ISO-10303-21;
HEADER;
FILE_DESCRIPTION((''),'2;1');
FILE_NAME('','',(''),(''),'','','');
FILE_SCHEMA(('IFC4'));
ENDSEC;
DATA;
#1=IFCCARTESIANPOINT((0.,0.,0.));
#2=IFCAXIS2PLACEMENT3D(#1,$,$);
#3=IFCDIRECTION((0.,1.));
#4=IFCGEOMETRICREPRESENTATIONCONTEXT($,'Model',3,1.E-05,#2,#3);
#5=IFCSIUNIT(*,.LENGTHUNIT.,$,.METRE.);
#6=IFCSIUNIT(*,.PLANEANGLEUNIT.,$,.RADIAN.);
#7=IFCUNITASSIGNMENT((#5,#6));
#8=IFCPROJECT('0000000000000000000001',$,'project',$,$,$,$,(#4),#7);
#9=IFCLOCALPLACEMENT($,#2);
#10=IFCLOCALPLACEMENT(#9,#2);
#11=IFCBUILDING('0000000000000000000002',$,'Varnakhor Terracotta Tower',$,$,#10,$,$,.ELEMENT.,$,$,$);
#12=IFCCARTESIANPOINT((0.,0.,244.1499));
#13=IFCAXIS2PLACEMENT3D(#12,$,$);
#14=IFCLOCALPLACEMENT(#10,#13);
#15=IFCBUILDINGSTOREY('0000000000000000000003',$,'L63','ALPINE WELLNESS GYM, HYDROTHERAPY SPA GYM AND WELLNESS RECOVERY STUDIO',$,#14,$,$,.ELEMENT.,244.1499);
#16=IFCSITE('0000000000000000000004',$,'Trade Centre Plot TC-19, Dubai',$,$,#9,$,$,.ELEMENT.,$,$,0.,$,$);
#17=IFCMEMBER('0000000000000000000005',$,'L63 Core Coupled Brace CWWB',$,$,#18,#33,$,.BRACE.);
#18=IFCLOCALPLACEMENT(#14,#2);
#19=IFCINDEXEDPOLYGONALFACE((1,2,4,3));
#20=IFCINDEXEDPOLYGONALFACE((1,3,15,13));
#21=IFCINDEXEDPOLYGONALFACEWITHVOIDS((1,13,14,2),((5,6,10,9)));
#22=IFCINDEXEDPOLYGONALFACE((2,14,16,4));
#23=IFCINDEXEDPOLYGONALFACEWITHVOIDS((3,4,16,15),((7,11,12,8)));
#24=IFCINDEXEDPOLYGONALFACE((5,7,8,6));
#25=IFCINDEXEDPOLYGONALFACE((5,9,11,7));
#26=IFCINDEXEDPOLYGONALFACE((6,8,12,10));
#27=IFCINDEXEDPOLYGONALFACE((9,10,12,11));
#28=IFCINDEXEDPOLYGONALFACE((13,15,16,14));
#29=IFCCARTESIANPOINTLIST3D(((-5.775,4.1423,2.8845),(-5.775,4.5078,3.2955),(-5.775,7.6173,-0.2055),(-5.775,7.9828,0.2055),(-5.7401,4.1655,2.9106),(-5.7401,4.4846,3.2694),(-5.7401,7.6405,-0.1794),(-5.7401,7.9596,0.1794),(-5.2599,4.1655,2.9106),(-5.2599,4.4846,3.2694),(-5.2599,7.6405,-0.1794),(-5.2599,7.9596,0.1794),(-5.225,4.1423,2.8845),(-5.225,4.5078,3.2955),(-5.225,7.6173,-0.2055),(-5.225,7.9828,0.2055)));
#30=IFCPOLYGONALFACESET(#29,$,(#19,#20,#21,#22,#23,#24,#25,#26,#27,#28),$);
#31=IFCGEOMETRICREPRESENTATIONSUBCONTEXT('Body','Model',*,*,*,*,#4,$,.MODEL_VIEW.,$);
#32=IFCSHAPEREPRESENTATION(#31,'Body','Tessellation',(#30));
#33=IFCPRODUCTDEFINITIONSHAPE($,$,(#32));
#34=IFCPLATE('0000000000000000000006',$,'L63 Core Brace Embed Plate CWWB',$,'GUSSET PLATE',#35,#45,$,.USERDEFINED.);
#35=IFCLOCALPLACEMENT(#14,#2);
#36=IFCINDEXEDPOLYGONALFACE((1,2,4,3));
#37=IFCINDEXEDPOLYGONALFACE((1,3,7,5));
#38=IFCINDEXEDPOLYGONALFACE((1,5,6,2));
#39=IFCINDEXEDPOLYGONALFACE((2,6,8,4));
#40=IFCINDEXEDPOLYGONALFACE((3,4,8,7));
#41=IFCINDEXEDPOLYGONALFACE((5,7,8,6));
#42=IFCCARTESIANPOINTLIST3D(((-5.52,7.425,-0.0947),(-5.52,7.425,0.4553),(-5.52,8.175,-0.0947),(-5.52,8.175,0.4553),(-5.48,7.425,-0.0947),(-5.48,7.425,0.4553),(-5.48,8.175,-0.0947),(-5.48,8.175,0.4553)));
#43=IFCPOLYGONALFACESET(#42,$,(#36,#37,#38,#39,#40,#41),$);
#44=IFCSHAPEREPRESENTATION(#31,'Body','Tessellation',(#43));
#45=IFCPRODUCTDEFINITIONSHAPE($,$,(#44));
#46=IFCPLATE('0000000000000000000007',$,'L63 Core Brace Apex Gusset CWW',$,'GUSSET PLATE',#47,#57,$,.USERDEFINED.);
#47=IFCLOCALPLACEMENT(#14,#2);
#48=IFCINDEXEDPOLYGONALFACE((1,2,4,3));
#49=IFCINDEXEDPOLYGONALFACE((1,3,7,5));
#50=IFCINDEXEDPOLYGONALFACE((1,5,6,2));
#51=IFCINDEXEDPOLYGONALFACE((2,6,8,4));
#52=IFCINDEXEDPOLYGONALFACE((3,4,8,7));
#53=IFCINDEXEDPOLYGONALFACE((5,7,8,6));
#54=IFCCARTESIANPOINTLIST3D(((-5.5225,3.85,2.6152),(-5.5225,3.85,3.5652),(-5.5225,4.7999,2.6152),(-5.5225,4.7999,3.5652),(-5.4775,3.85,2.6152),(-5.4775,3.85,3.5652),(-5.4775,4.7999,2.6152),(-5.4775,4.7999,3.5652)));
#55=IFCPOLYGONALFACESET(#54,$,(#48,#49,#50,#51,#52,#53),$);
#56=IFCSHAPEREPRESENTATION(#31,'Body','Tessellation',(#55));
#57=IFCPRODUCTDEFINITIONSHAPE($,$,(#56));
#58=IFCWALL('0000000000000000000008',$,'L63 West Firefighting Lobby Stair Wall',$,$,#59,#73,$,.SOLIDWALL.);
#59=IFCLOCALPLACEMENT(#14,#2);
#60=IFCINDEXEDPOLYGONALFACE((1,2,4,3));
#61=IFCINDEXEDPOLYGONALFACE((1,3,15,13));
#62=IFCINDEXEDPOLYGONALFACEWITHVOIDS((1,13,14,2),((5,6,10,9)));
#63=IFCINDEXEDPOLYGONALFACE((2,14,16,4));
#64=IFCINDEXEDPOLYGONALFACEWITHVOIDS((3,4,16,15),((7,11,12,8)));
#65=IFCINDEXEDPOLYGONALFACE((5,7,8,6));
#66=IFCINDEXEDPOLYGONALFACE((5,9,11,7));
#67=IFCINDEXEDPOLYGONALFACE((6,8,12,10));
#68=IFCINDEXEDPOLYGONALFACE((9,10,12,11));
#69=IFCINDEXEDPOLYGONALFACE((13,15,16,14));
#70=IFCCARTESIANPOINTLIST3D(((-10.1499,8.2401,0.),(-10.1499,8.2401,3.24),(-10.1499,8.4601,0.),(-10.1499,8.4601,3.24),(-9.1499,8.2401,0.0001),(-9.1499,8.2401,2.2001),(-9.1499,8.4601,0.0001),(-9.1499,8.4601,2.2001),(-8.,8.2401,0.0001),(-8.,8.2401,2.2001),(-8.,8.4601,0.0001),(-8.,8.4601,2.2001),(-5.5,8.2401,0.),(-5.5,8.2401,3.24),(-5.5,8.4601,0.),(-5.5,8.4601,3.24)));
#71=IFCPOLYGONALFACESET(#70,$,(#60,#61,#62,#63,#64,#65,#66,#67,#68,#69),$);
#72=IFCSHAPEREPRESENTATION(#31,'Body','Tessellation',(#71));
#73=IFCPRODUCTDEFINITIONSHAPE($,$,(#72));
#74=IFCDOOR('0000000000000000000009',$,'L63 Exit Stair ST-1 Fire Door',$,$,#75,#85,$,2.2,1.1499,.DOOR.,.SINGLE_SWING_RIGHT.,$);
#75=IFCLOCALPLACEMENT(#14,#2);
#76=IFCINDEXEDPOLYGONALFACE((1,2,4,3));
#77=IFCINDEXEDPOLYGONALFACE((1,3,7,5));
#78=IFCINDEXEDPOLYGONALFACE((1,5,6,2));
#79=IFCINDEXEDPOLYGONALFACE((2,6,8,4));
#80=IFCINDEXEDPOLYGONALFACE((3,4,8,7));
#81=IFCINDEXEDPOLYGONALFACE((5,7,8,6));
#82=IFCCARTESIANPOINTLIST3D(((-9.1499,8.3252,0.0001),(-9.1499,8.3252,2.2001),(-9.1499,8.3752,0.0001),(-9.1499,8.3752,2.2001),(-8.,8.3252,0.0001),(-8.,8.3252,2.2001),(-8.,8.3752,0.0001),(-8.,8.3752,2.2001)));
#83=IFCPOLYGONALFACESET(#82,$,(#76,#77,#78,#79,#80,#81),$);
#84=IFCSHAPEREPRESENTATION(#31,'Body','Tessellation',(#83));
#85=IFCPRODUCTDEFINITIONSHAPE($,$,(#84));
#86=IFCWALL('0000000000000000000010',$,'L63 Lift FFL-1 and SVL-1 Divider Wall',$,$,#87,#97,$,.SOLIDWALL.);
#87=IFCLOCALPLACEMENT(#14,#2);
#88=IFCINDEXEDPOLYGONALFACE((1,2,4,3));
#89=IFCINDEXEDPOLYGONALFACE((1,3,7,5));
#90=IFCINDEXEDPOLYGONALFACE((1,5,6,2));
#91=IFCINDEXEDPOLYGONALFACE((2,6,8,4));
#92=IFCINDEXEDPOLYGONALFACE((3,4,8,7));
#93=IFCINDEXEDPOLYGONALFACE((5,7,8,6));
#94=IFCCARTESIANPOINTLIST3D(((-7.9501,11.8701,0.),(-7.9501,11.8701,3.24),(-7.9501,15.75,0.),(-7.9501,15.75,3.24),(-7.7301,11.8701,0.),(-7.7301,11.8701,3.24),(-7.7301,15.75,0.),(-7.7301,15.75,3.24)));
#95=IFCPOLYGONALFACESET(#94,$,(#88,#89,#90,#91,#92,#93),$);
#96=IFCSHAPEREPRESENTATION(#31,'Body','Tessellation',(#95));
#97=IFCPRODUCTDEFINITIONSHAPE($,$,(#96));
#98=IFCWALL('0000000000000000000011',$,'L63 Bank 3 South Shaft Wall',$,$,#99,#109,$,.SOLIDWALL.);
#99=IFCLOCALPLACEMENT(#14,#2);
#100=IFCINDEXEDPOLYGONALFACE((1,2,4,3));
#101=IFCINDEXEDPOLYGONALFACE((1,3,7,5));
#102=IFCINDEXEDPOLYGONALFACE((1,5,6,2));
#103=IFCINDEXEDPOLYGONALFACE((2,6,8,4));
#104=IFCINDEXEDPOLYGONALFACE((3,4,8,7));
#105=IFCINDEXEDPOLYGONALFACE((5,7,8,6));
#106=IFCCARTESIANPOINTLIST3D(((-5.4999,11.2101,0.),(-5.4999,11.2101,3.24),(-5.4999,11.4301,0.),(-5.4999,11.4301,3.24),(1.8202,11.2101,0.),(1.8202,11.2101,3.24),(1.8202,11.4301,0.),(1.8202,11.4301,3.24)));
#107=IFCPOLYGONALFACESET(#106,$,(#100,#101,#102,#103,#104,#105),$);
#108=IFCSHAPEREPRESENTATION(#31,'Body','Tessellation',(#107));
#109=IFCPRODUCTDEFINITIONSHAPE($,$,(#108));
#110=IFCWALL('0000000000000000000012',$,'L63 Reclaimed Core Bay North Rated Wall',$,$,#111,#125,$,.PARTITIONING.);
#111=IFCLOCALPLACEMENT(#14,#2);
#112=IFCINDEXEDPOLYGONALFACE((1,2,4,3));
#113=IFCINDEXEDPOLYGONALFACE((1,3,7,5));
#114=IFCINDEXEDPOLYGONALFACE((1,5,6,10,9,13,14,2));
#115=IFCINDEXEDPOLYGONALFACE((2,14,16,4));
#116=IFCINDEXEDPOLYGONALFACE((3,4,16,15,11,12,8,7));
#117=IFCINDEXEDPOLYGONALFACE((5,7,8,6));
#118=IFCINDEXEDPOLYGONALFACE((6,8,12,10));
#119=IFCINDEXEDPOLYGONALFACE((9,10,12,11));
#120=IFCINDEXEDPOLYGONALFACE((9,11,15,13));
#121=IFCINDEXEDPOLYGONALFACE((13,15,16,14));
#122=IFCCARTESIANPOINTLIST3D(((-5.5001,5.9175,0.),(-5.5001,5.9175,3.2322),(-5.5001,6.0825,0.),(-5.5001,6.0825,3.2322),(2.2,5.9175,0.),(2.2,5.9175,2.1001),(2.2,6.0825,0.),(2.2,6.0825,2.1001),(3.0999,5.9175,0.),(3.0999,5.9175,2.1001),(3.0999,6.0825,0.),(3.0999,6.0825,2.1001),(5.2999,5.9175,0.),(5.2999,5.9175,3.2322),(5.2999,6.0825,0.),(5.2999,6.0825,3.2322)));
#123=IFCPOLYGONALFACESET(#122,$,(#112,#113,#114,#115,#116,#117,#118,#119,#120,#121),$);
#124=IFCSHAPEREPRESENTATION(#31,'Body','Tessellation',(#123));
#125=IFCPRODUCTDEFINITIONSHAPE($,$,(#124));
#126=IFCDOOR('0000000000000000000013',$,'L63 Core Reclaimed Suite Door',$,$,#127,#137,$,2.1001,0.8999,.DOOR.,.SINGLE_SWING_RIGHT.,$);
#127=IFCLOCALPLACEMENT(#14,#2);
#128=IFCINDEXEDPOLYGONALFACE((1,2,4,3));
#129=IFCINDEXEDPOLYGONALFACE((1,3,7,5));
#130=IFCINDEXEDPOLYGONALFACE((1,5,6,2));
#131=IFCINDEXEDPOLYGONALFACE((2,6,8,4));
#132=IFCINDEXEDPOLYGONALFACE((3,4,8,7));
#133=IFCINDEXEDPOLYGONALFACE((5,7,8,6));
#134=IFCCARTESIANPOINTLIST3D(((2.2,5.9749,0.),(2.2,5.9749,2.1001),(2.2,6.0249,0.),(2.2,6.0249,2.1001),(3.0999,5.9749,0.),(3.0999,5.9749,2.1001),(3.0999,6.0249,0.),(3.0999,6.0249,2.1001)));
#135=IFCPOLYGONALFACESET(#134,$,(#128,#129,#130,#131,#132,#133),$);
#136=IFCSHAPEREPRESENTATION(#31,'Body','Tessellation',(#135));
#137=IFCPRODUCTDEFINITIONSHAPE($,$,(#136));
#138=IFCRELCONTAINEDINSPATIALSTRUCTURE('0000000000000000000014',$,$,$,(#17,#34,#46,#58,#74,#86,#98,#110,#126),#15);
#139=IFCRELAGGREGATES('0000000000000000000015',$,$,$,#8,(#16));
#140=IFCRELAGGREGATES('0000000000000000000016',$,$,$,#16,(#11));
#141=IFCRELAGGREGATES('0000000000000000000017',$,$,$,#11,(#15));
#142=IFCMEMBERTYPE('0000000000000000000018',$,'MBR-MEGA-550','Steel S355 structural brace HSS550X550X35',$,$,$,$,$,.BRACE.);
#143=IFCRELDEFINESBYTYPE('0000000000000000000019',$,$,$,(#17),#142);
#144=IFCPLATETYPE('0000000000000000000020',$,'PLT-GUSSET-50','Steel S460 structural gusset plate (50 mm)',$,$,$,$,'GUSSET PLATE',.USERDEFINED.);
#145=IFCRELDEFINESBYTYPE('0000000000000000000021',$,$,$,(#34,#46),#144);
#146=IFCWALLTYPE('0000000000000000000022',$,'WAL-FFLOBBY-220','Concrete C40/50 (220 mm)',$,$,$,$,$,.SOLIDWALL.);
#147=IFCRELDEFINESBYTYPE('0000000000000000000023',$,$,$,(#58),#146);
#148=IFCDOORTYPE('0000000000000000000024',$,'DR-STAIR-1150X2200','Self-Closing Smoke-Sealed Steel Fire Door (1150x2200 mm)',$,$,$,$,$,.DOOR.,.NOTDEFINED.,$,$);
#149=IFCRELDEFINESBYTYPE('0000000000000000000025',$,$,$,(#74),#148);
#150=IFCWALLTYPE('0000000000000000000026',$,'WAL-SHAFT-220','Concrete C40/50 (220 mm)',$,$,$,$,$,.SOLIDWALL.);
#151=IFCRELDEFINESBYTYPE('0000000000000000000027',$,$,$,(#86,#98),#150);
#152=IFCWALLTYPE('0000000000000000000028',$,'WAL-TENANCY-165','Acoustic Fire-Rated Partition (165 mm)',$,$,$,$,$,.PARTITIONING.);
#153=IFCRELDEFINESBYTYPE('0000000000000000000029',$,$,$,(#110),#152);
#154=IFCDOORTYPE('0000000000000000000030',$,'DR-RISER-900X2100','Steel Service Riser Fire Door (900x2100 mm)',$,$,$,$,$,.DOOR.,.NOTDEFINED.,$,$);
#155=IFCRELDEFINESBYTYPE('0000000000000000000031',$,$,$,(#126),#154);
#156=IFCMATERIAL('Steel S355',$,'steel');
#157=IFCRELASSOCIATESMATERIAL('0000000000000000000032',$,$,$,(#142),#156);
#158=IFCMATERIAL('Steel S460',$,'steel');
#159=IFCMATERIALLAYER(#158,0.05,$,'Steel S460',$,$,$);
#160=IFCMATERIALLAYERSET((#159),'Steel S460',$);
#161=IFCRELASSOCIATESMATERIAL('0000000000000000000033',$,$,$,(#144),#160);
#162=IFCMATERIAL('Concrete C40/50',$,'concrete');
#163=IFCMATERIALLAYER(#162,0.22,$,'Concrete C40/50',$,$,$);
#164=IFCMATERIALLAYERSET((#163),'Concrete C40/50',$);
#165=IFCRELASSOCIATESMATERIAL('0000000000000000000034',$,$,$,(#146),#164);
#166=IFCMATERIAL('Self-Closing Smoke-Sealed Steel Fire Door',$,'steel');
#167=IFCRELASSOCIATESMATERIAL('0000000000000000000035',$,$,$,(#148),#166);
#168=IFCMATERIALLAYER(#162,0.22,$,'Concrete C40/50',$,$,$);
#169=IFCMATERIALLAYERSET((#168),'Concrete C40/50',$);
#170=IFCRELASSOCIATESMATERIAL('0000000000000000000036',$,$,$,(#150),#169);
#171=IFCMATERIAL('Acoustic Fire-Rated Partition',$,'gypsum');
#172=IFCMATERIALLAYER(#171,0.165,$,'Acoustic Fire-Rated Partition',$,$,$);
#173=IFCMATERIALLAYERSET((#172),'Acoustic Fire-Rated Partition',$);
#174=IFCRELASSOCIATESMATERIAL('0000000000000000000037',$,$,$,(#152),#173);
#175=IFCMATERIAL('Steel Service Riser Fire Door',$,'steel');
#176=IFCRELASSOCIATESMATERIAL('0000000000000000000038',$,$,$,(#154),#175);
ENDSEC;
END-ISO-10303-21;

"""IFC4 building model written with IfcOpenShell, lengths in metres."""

from ifc_helpers import new_model, si_unit, direction, frame, frame_2d, origin, origin_2d, place, context, subcontext, project, spatial, rectangle, hollow_rectangle, extrude, source, transform, mapped, material, layer, layer_set, material_profile, profile_set, type_object, type_shapes, element, fill, save


model = new_model("IFC4")

# Units and contexts
model_context = context("Model", 3, precision=1e-05, world=origin(), true_north=direction((0.0, 1.0)))
body_context = subcontext(model_context, "Body", "Model", "MODEL_VIEW")
ifc_project = project(units=[si_unit("LENGTHUNIT", "METRE"), si_unit("PLANEANGLEUNIT", "RADIAN")], contexts=[model_context])

# Site, building, storey
site_placement = place(None, origin())
site = spatial("IfcSite", under=ifc_project, at=site_placement, Name="Trade Centre Plot TC-19, Dubai", CompositionType="ELEMENT", RefElevation=0.0)
building_placement = place(site_placement, origin())
building = spatial("IfcBuilding", under=site, at=building_placement, Name="Varnakhor Terracotta Tower", CompositionType="ELEMENT")
storey_placement = place(building_placement, frame((0.0, 0.0, 244.1499)))
storey = spatial("IfcBuildingStorey", under=building, at=storey_placement, Name="L63", Description="ALPINE WELLNESS GYM, HYDROTHERAPY SPA GYM AND WELLNESS RECOVERY STUDIO", CompositionType="ELEMENT", Elevation=244.1499)

# Member
ifc_material_1 = material(Name="Steel S355", Category="steel")
ifc_material_profile = material_profile(ifc_material_1, hollow_rectangle(XDim=0.55, YDim=0.55, WallThickness=0.0349, at=origin_2d()), Name="HSS550X550X35")
ifc_profile_set = profile_set([ifc_material_profile], Name="Steel S355")
member_type = type_object("IfcMemberType", Name="MBR-MEGA-550", Description="Steel S355 structural brace HSS550X550X35", PredefinedType="BRACE", material=ifc_profile_set)
shared_shape_1 = source(origin(), body_context, "Body", "SweptSolid", [
    extrude(hollow_rectangle(XDim=0.55, YDim=0.55, WallThickness=0.0349, at=origin_2d()), origin(), (0.0, 0.0, 1.0), 4.6501),
])
member_placement = place(storey_placement, frame((-5.5, 7.8, 0.0), z_axis=(0.0, -0.747291, 0.664497), x_axis=(1.0, 0.0, 0.0)))
element("IfcMember", 1, at=member_placement, inside=storey, type_object=member_type, Name="L63 Core Coupled Brace CWWB", PredefinedType="BRACE", context=body_context, shape_type="MappedRepresentation", body=[
    mapped(shared_shape_1, transform((0.0, 0.0, 0.0), scale=1.0)),
])

# Plates
ifc_material_2 = material(Name="Steel S460", Category="steel")
ifc_layer_1 = layer(ifc_material_2, 0.05, Name="Steel S460")
ifc_layer_set_1 = layer_set([ifc_layer_1], Name="Steel S460")
plate_type = type_object("IfcPlateType", Name="PLT-GUSSET-50", Description="Steel S460 structural gusset plate (50 mm)", ElementType="GUSSET PLATE", PredefinedType="USERDEFINED", material=ifc_layer_set_1)
shared_shape_2 = source(origin(), body_context, "Body", "SweptSolid", [
    extrude(rectangle(XDim=0.75, YDim=0.04, at=origin_2d()), origin(), (0.0, 0.0, 1.0), 0.55),
])
type_shapes(plate_type, [shared_shape_2])
plate_1_placement = place(storey_placement, frame((-5.5, 7.8, -0.0947), z_axis=(0.0, 0.0, 1.0), x_axis=(0.0, 1.0, 0.0)))
element("IfcPlate", 2, at=plate_1_placement, inside=storey, type_object=plate_type, Name="L63 Core Brace Embed Plate CWWB", ObjectType="GUSSET PLATE", PredefinedType="USERDEFINED", context=body_context, shape_type="MappedRepresentation", body=[
    mapped(shared_shape_2, transform((0.0, 0.0, 0.0), scale=1.0)),
])
shared_shape_3 = source(origin(), body_context, "Body", "SweptSolid", [
    extrude(rectangle(XDim=0.95, YDim=0.0449, at=origin_2d()), origin(), (0.0, 0.0, 1.0), 0.95),
])
plate_2_placement = place(storey_placement, frame((-5.5, 4.325, 2.6152), z_axis=(0.0, 0.0, 1.0), x_axis=(0.0, 1.0, 0.0)))
element("IfcPlate", 3, at=plate_2_placement, inside=storey, type_object=plate_type, Name="L63 Core Brace Apex Gusset CWW", ObjectType="GUSSET PLATE", PredefinedType="USERDEFINED", context=body_context, shape_type="MappedRepresentation", body=[
    mapped(shared_shape_3, transform((0.0, 0.0, 0.0), scale=1.0)),
])

# Wall, opening, door
ifc_material_3 = material(Name="Concrete C40/50", Category="concrete")
ifc_layer_2 = layer(ifc_material_3, 0.22, Name="Concrete C40/50")
ifc_layer_set_2 = layer_set([ifc_layer_2], Name="Concrete C40/50")
wall_type_1 = type_object("IfcWallType", Name="WAL-FFLOBBY-220", Description="Concrete C40/50 (220 mm)", PredefinedType="SOLIDWALL", material=ifc_layer_set_2)
wall_1_placement = place(storey_placement, frame((-5.5, 8.3501, 0.0), z_axis=(0.0, 0.0, 1.0), x_axis=(-1.0, 0.0, 0.0)))
wall_1 = element("IfcWall", 4, at=wall_1_placement, inside=storey, type_object=wall_type_1, Name="L63 West Firefighting Lobby Stair Wall", PredefinedType="SOLIDWALL", context=body_context, shape_type="SweptSolid", body=[
    extrude(rectangle(XDim=4.6499, YDim=0.22, at=frame_2d((2.325, 0.0))), origin(), (0.0, 0.0, 1.0), 3.24),
])
opening_1_placement = place(wall_1_placement, frame((2.5, 0.0, 0.0)))
opening_1 = element("IfcOpeningElement", 5, at=opening_1_placement, cuts=wall_1, PredefinedType="OPENING", context=body_context, shape_type="SweptSolid", body=[
    extrude(rectangle(XDim=1.1499, YDim=2.2, at=frame_2d((0.575, 1.1001))), frame((0.0, 0.1201, 0.0), z_axis=(0.0, -1.0, 0.0), x_axis=(1.0, 0.0, 0.0)), (0.0, 0.0, 1.0), 0.24),
])
ifc_material_4 = material(Name="Self-Closing Smoke-Sealed Steel Fire Door", Category="steel")
door_type_1 = type_object("IfcDoorType", Name="DR-STAIR-1150X2200", Description="Self-Closing Smoke-Sealed Steel Fire Door (1150x2200 mm)", OperationType="NOTDEFINED", PredefinedType="DOOR", material=ifc_material_4)
shared_shape_4 = source(origin(), body_context, "Body", "SweptSolid", [
    extrude(rectangle(XDim=1.1499, YDim=2.2, at=frame_2d((0.575, 1.1001))), frame((0.0, 0.0249, 0.0), z_axis=(0.0, -1.0, 0.0), x_axis=(1.0, 0.0, 0.0)), (0.0, 0.0, 1.0), 0.05),
])
type_shapes(door_type_1, [shared_shape_4])
door_1_placement = place(opening_1_placement, origin())
door_1 = element("IfcDoor", 6, at=door_1_placement, inside=storey, type_object=door_type_1, Name="L63 Exit Stair ST-1 Fire Door", OperationType="SINGLE_SWING_RIGHT", OverallHeight=2.2, OverallWidth=1.1499, PredefinedType="DOOR", context=body_context, shape_type="MappedRepresentation", body=[
    mapped(shared_shape_4, transform((0.0, 0.0, 0.0), scale=1.0)),
])
fill(opening_1, door_1)

# Walls
ifc_layer_3 = layer(ifc_material_3, 0.22, Name="Concrete C40/50")
ifc_layer_set_3 = layer_set([ifc_layer_3], Name="Concrete C40/50")
wall_type_2 = type_object("IfcWallType", Name="WAL-SHAFT-220", Description="Concrete C40/50 (220 mm)", PredefinedType="SOLIDWALL", material=ifc_layer_set_3)
wall_2_placement = place(storey_placement, frame((-7.8401, 11.8701, 0.0), z_axis=(0.0, 0.0, 1.0), x_axis=(0.0, 1.0, 0.0)))
element("IfcWall", 7, at=wall_2_placement, inside=storey, type_object=wall_type_2, Name="L63 Lift FFL-1 and SVL-1 Divider Wall", PredefinedType="SOLIDWALL", context=body_context, shape_type="SweptSolid", body=[
    extrude(rectangle(XDim=3.8799, YDim=0.22, at=frame_2d((1.9399, 0.0))), origin(), (0.0, 0.0, 1.0), 3.24),
])
wall_3_placement = place(storey_placement, frame((-5.5, 11.3201, 0.0), z_axis=(0.0, 0.0, 1.0), x_axis=(1.0, 0.0, 0.0)))
element("IfcWall", 8, at=wall_3_placement, inside=storey, type_object=wall_type_2, Name="L63 Bank 3 South Shaft Wall", PredefinedType="SOLIDWALL", context=body_context, shape_type="SweptSolid", body=[
    extrude(rectangle(XDim=7.3201, YDim=0.22, at=frame_2d((3.6602, 0.0))), origin(), (0.0, 0.0, 1.0), 3.24),
])

# Wall, opening, door
ifc_material_5 = material(Name="Acoustic Fire-Rated Partition", Category="gypsum")
ifc_layer_4 = layer(ifc_material_5, 0.165, Name="Acoustic Fire-Rated Partition")
ifc_layer_set_4 = layer_set([ifc_layer_4], Name="Acoustic Fire-Rated Partition")
wall_type_3 = type_object("IfcWallType", Name="WAL-TENANCY-165", Description="Acoustic Fire-Rated Partition (165 mm)", PredefinedType="PARTITIONING", material=ifc_layer_set_4)
wall_4_placement = place(storey_placement, frame((-5.5, 6.0, 0.0), z_axis=(0.0, 0.0, 1.0), x_axis=(1.0, 0.0, 0.0)))
wall_4 = element("IfcWall", 9, at=wall_4_placement, inside=storey, type_object=wall_type_3, Name="L63 Reclaimed Core Bay North Rated Wall", PredefinedType="PARTITIONING", context=body_context, shape_type="SweptSolid", body=[
    extrude(rectangle(XDim=10.8, YDim=0.165, at=frame_2d((5.3999, 0.0))), origin(), (0.0, 0.0, 1.0), 3.2322),
])
opening_2_placement = place(wall_4_placement, frame((7.7, 0.0, 0.0)))
opening_2 = element("IfcOpeningElement", 10, at=opening_2_placement, cuts=wall_4, PredefinedType="OPENING", context=body_context, shape_type="SweptSolid", body=[
    extrude(rectangle(XDim=0.8999, YDim=2.1001, at=frame_2d((0.45, 1.05))), frame((0.0, 0.0925, 0.0), z_axis=(0.0, -1.0, 0.0), x_axis=(1.0, 0.0, 0.0)), (0.0, 0.0, 1.0), 0.1851),
])
ifc_material_6 = material(Name="Steel Service Riser Fire Door", Category="steel")
door_type_2 = type_object("IfcDoorType", Name="DR-RISER-900X2100", Description="Steel Service Riser Fire Door (900x2100 mm)", OperationType="NOTDEFINED", PredefinedType="DOOR", material=ifc_material_6)
shared_shape_5 = source(origin(), body_context, "Body", "SweptSolid", [
    extrude(rectangle(XDim=0.8999, YDim=2.1001, at=frame_2d((0.45, 1.05))), frame((0.0, 0.0249, 0.0), z_axis=(0.0, -1.0, 0.0), x_axis=(1.0, 0.0, 0.0)), (0.0, 0.0, 1.0), 0.05),
])
type_shapes(door_type_2, [shared_shape_5])
door_2_placement = place(opening_2_placement, origin())
door_2 = element("IfcDoor", 11, at=door_2_placement, inside=storey, type_object=door_type_2, Name="L63 Core Reclaimed Suite Door", OperationType="SINGLE_SWING_RIGHT", OverallHeight=2.1001, OverallWidth=0.8999, PredefinedType="DOOR", context=body_context, shape_type="MappedRepresentation", body=[
    mapped(shared_shape_5, transform((0.0, 0.0, 0.0), scale=1.0)),
])
fill(opening_2, door_2)

save(model, "model.ifc")
